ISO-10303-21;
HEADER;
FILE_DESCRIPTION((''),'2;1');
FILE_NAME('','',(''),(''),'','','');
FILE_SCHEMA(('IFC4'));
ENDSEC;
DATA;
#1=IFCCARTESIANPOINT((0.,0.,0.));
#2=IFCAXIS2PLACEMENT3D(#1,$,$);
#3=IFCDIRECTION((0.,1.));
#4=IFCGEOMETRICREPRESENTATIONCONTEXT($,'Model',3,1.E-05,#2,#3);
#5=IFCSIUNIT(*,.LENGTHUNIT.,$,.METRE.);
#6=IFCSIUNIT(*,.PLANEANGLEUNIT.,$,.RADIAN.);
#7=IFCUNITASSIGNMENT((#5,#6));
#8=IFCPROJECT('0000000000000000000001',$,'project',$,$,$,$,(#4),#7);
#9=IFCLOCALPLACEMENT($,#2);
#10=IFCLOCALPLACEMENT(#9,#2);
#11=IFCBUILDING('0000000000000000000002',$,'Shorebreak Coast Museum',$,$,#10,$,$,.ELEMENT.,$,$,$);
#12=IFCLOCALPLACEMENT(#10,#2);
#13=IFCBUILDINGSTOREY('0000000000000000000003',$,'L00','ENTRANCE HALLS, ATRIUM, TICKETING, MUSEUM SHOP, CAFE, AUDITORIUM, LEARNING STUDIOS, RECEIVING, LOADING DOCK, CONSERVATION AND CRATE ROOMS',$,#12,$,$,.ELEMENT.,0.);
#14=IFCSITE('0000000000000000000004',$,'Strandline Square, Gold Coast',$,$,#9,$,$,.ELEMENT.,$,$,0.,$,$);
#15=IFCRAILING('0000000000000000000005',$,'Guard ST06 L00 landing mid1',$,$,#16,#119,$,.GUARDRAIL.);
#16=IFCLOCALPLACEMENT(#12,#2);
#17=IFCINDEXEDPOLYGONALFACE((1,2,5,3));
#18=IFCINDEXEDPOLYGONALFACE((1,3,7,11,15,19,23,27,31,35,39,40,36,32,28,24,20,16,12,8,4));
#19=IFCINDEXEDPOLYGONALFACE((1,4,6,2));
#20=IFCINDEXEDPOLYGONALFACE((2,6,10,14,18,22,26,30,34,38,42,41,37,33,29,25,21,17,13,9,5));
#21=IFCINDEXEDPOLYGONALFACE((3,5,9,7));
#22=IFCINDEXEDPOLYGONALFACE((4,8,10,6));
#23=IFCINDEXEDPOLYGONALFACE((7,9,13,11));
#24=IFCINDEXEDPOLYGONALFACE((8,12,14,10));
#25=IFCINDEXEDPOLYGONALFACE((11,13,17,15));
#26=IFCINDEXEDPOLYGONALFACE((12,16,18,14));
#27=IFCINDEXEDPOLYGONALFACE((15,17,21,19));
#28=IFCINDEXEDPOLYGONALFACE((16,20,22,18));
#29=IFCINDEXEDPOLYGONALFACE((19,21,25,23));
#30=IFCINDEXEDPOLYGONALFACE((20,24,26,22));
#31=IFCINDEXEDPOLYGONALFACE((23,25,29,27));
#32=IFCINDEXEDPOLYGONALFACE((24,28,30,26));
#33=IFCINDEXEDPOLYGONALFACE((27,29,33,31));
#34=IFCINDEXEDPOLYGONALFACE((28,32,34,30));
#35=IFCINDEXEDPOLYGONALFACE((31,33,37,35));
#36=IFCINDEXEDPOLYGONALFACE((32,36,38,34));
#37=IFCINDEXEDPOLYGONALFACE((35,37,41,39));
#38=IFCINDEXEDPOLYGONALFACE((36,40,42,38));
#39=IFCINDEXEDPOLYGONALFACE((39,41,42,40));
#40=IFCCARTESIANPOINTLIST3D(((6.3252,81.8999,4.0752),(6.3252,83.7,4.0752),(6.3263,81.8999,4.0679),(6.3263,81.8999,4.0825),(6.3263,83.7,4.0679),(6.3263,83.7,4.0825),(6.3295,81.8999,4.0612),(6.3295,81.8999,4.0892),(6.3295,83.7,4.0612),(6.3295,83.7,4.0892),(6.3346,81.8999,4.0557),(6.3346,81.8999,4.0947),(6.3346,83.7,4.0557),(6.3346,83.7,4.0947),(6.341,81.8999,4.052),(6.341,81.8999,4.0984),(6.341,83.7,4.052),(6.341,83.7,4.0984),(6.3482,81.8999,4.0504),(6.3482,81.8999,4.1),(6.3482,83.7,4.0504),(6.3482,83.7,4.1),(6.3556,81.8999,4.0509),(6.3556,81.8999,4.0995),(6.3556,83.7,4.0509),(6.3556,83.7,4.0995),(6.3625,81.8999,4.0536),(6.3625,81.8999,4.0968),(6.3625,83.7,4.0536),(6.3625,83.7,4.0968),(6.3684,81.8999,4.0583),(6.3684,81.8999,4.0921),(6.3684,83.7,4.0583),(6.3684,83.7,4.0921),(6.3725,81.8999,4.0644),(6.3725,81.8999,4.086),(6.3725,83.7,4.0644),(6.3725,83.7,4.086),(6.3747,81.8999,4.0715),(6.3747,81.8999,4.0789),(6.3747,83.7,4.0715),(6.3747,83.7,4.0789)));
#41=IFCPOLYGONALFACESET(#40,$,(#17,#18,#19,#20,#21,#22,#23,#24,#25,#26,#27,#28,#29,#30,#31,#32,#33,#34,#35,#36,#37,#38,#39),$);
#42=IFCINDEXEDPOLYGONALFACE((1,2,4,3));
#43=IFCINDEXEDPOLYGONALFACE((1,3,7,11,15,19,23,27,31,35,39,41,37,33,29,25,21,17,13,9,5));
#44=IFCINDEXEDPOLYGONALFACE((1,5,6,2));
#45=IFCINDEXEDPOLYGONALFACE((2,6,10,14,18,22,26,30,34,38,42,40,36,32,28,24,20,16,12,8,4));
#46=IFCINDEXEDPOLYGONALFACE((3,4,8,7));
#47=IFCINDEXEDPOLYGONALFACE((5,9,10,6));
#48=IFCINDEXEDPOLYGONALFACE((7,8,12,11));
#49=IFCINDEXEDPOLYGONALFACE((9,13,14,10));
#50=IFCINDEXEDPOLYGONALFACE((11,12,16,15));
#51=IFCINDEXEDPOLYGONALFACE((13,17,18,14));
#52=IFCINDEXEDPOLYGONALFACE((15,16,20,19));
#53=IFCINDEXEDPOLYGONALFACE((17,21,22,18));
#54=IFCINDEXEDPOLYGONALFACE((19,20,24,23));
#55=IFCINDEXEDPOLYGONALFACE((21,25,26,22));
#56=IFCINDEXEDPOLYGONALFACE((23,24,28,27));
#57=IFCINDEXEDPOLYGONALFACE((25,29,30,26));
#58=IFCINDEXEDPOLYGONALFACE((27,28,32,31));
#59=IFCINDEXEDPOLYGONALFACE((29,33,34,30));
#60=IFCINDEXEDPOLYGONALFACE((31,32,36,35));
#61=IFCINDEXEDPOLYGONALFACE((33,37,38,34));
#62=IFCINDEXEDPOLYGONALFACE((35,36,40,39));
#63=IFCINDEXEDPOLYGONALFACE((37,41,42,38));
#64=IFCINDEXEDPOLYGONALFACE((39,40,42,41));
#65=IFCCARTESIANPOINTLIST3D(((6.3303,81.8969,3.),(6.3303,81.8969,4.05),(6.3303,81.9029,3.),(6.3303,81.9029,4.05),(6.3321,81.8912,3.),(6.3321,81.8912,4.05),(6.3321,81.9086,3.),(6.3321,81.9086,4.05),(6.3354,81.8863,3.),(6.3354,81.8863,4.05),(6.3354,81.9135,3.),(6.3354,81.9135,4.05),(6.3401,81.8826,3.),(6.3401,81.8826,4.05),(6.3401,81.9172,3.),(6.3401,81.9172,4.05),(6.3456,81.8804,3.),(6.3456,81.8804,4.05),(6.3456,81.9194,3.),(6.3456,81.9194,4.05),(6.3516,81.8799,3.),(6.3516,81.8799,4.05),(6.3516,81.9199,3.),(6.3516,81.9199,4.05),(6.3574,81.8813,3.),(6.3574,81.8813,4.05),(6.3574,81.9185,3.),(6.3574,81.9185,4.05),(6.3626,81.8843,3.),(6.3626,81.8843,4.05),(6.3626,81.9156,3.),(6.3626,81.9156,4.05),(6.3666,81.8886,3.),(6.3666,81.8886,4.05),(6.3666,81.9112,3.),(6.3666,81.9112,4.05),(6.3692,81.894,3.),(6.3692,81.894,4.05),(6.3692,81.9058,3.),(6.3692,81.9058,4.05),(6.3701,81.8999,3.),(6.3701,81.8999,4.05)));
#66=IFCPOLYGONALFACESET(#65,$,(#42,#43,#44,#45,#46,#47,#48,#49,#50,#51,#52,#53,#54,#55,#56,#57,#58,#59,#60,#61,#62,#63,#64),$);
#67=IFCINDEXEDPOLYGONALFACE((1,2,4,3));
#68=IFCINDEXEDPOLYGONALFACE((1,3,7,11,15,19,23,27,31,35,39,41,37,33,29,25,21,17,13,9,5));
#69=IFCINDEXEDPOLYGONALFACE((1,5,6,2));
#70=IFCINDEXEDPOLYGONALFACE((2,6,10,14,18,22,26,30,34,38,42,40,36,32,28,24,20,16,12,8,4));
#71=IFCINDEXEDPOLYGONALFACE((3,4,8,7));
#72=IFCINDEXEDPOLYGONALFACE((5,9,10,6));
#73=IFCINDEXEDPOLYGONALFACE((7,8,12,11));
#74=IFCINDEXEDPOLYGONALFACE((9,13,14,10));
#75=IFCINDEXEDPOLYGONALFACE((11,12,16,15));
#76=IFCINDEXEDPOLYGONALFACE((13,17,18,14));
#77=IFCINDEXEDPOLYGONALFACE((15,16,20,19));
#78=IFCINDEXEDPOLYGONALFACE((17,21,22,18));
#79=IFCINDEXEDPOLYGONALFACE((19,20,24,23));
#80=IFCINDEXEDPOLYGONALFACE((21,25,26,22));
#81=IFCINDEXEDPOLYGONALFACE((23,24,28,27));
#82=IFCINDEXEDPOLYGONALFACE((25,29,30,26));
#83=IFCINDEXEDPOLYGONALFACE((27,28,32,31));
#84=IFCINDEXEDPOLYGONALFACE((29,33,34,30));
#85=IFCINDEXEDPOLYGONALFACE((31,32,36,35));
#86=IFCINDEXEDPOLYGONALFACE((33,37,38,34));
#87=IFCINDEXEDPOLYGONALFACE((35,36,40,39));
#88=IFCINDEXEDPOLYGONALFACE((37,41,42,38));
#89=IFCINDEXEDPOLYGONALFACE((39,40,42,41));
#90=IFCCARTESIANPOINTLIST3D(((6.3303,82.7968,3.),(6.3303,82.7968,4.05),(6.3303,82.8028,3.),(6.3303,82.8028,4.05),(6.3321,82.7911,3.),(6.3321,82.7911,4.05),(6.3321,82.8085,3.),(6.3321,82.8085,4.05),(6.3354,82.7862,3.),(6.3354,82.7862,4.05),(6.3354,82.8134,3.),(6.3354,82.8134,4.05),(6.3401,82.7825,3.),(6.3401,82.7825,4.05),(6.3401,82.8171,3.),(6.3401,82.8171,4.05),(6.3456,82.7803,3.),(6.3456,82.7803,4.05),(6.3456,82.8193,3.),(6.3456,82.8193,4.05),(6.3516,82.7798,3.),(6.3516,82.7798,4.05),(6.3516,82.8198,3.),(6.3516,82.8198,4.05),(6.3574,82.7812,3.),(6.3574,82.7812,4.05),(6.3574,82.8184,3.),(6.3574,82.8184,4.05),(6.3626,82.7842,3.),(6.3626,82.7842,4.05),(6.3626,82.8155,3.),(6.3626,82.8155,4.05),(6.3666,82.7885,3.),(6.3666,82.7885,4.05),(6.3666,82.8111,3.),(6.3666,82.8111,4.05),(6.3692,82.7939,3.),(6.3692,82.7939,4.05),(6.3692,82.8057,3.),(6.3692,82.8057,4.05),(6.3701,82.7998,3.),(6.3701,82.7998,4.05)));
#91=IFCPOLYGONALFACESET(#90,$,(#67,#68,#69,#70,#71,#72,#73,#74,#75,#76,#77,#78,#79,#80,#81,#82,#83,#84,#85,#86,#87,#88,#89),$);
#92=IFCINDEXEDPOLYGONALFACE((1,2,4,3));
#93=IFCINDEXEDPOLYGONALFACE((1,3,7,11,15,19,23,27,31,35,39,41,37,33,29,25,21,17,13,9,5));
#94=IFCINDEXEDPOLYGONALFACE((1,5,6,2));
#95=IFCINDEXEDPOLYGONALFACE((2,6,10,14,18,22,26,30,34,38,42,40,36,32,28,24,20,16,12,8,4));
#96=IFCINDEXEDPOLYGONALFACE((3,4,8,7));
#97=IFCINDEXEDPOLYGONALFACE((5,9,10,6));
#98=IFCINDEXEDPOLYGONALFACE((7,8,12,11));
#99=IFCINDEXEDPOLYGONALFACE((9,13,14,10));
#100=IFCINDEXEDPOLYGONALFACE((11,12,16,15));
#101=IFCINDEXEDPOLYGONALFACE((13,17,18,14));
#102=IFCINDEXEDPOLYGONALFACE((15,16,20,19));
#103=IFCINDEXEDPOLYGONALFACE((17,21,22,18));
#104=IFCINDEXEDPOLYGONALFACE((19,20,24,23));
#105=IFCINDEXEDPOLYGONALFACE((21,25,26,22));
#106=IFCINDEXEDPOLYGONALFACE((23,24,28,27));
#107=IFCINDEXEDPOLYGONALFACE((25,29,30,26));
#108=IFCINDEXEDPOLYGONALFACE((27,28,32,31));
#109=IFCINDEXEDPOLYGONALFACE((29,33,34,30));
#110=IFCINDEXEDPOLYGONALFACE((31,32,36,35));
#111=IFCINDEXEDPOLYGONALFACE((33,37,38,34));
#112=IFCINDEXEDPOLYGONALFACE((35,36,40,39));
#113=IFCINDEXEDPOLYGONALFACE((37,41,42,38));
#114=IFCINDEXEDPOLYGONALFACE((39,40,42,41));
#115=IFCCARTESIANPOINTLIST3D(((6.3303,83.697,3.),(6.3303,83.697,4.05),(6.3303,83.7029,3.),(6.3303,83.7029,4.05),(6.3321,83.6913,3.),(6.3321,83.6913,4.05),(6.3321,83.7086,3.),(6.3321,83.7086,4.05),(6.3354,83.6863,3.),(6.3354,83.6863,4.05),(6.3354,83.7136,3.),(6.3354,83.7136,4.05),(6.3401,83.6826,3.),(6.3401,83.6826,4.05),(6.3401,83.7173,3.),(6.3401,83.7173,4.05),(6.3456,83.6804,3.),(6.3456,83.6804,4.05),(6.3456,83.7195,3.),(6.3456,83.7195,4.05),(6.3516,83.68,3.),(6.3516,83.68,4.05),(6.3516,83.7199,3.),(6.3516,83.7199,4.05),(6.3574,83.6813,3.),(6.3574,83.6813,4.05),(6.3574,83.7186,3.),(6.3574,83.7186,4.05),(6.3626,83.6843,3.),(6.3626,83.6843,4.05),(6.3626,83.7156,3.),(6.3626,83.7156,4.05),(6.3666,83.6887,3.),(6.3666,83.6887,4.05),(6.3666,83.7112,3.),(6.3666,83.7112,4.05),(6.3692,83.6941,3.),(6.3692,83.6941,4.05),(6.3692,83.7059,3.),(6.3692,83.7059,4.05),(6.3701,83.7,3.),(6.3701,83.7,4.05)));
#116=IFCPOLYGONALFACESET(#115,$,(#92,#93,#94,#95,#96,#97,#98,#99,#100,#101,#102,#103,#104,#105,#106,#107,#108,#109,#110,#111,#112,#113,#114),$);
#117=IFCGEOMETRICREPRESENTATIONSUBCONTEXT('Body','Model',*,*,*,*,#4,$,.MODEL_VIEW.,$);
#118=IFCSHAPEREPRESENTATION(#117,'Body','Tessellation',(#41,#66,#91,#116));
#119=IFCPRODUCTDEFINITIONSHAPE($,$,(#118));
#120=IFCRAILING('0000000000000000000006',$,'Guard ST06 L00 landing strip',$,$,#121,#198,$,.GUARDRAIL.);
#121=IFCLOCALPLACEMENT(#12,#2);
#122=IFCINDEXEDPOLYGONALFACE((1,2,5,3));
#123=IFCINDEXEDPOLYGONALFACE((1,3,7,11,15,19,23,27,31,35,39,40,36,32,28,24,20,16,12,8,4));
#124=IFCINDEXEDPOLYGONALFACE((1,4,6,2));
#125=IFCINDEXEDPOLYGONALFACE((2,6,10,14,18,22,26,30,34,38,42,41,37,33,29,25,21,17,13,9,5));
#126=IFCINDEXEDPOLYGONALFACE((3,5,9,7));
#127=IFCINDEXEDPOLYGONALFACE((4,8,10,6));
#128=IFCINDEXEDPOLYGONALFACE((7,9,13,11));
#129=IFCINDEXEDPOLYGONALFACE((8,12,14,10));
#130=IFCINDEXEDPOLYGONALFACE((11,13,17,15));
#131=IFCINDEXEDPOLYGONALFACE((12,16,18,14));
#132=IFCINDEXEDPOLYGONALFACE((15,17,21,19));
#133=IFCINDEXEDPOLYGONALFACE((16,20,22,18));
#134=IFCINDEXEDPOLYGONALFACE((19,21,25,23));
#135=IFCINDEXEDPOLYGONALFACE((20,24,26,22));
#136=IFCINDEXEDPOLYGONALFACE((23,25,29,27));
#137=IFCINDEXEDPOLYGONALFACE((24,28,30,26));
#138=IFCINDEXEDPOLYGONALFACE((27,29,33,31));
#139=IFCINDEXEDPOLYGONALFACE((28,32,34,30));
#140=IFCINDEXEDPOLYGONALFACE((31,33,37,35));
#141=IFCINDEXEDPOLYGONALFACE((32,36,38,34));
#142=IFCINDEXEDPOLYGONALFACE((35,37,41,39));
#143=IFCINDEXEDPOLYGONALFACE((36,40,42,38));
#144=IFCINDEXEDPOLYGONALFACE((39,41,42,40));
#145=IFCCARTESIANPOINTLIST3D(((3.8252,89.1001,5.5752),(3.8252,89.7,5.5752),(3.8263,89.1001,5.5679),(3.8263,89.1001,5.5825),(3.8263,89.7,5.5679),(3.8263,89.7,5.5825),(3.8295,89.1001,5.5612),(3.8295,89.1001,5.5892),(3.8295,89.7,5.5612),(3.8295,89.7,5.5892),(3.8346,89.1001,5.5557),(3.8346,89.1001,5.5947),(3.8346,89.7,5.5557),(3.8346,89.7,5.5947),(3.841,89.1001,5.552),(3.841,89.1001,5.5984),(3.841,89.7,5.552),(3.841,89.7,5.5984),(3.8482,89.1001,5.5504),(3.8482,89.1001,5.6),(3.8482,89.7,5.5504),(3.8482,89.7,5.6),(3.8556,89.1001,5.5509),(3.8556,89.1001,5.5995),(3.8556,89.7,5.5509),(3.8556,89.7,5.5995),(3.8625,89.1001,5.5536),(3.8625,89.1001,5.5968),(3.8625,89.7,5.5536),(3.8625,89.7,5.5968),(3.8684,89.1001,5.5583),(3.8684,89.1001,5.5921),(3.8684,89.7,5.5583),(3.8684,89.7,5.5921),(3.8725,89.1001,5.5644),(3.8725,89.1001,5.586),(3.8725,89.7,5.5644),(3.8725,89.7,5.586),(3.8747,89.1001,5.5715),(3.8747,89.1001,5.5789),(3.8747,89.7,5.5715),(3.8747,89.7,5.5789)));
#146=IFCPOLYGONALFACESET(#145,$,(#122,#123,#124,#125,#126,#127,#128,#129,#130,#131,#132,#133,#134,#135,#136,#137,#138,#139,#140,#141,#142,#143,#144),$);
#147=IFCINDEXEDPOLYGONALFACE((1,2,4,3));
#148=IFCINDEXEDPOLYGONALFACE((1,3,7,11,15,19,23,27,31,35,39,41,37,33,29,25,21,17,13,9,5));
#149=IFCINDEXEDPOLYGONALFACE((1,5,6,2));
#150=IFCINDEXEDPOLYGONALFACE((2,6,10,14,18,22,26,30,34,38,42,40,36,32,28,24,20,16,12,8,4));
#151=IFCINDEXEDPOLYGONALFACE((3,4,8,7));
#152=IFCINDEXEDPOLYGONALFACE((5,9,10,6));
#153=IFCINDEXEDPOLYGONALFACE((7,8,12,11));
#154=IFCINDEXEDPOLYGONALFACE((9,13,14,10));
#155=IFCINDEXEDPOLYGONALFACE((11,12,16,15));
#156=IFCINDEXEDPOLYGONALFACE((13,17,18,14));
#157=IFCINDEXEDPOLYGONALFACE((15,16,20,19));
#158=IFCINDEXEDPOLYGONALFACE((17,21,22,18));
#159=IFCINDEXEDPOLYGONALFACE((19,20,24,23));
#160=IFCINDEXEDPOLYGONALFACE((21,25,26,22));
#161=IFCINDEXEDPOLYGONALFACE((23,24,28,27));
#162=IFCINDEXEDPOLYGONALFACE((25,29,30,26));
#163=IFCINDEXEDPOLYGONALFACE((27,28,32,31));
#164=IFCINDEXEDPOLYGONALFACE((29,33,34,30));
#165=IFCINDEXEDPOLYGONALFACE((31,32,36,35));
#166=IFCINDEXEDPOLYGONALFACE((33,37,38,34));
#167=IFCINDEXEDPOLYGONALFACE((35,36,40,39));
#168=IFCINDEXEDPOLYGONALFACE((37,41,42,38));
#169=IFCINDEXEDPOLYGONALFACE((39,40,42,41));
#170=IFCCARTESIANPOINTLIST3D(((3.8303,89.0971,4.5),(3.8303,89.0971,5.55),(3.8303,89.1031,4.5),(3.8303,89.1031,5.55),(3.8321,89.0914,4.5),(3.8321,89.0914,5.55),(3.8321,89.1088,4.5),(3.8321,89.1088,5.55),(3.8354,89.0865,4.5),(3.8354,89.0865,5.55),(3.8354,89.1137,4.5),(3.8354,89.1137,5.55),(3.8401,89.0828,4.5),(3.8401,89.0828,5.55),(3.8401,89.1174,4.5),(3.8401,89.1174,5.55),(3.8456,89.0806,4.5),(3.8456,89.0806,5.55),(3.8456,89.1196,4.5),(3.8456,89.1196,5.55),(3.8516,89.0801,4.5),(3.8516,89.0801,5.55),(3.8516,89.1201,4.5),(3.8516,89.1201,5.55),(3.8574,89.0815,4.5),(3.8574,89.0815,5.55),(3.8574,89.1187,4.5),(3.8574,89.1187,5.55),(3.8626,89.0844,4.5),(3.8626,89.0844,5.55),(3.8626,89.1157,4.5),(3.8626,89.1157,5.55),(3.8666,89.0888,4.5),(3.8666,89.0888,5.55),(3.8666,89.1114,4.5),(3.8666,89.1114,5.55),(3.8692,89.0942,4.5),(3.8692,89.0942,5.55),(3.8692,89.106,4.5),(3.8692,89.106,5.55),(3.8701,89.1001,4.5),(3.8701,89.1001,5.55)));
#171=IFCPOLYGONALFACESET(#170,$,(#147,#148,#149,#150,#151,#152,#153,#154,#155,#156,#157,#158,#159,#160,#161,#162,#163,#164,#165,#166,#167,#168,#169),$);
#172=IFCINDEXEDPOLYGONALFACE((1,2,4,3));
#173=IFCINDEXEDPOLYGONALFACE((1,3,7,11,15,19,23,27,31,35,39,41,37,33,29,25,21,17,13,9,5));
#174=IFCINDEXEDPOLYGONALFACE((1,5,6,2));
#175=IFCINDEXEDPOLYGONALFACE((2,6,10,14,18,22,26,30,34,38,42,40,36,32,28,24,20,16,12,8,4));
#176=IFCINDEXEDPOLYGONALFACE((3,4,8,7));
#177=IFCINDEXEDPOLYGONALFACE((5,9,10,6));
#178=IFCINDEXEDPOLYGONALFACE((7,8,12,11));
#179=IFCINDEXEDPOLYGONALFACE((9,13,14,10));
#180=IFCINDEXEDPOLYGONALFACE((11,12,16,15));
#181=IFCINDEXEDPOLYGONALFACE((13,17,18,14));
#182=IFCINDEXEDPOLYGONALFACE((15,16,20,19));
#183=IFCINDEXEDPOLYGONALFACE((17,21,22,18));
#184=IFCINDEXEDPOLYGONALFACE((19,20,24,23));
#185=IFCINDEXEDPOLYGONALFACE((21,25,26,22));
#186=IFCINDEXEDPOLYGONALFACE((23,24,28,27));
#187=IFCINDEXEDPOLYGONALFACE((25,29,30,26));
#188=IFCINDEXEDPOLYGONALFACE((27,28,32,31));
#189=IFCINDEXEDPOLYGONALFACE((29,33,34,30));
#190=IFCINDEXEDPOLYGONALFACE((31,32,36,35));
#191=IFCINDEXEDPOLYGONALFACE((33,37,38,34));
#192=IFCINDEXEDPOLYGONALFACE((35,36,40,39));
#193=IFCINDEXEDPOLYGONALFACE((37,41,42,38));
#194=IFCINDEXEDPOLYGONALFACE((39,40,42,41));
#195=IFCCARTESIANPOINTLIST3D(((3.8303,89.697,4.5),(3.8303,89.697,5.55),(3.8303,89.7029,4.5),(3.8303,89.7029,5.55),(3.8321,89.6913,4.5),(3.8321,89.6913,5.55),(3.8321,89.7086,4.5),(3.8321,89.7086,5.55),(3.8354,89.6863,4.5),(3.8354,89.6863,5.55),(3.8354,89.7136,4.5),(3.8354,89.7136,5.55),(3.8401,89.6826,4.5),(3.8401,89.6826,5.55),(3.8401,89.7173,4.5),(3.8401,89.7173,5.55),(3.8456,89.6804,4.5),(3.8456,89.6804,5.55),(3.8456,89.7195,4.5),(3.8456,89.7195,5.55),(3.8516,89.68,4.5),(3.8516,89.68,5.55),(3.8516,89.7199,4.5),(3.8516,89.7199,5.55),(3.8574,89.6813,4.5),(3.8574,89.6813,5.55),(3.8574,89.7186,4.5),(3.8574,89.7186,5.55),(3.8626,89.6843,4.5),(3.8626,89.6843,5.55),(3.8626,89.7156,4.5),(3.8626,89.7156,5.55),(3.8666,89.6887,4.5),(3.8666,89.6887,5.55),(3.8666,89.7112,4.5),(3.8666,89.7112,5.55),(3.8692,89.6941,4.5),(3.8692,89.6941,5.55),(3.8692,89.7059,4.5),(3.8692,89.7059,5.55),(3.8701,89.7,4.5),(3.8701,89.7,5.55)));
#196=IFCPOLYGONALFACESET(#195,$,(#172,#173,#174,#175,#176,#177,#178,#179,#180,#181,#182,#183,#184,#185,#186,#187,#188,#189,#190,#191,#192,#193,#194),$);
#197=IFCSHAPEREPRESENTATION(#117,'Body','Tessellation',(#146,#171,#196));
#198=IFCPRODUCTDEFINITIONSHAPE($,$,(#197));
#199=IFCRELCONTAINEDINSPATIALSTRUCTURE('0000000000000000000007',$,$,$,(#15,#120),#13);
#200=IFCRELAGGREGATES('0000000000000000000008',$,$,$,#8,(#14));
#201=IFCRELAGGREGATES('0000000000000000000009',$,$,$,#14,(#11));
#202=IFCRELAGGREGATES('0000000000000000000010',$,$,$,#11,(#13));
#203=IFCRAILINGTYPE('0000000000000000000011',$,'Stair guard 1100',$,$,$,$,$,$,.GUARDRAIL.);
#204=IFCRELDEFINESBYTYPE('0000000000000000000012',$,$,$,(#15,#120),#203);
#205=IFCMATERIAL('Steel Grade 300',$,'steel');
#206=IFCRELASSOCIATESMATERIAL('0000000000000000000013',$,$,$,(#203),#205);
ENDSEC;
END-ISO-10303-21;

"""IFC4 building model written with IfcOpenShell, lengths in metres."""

from ifc_helpers import new_model, si_unit, direction, frame, origin, origin_2d, place, context, subcontext, project, spatial, circle, extrude, material, type_object, element, save


model = new_model("IFC4")

# Units and contexts
model_context = context("Model", 3, precision=1e-05, world=origin(), true_north=direction((0.0, 1.0)))
body_context = subcontext(model_context, "Body", "Model", "MODEL_VIEW")
ifc_project = project(units=[si_unit("LENGTHUNIT", "METRE"), si_unit("PLANEANGLEUNIT", "RADIAN")], contexts=[model_context])

# Site, building, storey
site_placement = place(None, origin())
site = spatial("IfcSite", under=ifc_project, at=site_placement, Name="Strandline Square, Gold Coast", CompositionType="ELEMENT", RefElevation=0.0)
building_placement = place(site_placement, origin())
building = spatial("IfcBuilding", under=site, at=building_placement, Name="Shorebreak Coast Museum", CompositionType="ELEMENT")
storey_placement = place(building_placement, origin())
storey = spatial("IfcBuildingStorey", under=building, at=storey_placement, Name="L00", Description="ENTRANCE HALLS, ATRIUM, TICKETING, MUSEUM SHOP, CAFE, AUDITORIUM, LEARNING STUDIOS, RECEIVING, LOADING DOCK, CONSERVATION AND CRATE ROOMS", CompositionType="ELEMENT", Elevation=0.0)

# Railings
ifc_material_1 = material(Name="Steel Grade 300", Category="steel")
railing_type_1 = type_object("IfcRailingType", Name="Stair guard 1100", PredefinedType="GUARDRAIL", material=ifc_material_1)
railing_1_placement = place(storey_placement, frame((6.3501, 81.8999, 3.0)))
element("IfcRailing", 1, at=railing_1_placement, inside=storey, type_object=railing_type_1, Name="Guard ST06 L00 landing mid1", PredefinedType="GUARDRAIL", context=body_context, shape_type="SweptSolid", body=[
    extrude(circle(Radius=0.0249, at=origin_2d()), frame((0.0, 0.0, 1.0752), z_axis=(0.0, 1.0, 0.0), x_axis=(-1.0, 0.0, 0.0)), (0.0, 0.0, 1.0), 1.8),
    extrude(circle(Radius=0.02, at=origin_2d()), origin(), (0.0, 0.0, 1.0), 1.05),
    extrude(circle(Radius=0.02, at=origin_2d()), frame((0.0, 0.8999, 0.0)), (0.0, 0.0, 1.0), 1.05),
    extrude(circle(Radius=0.02, at=origin_2d()), frame((0.0, 1.8, 0.0)), (0.0, 0.0, 1.0), 1.05),
])
railing_2_placement = place(storey_placement, frame((3.8501, 89.1001, 4.5)))
element("IfcRailing", 2, at=railing_2_placement, inside=storey, type_object=railing_type_1, Name="Guard ST06 L00 landing strip", PredefinedType="GUARDRAIL", context=body_context, shape_type="SweptSolid", body=[
    extrude(circle(Radius=0.0249, at=origin_2d()), frame((0.0, 0.0, 1.0752), z_axis=(0.0, 1.0, 0.0), x_axis=(-1.0, 0.0, 0.0)), (0.0, 0.0, 1.0), 0.5999),
    extrude(circle(Radius=0.02, at=origin_2d()), origin(), (0.0, 0.0, 1.0), 1.05),
    extrude(circle(Radius=0.02, at=origin_2d()), frame((0.0, 0.5999, 0.0)), (0.0, 0.0, 1.0), 1.05),
])

save(model, "model.ifc")
